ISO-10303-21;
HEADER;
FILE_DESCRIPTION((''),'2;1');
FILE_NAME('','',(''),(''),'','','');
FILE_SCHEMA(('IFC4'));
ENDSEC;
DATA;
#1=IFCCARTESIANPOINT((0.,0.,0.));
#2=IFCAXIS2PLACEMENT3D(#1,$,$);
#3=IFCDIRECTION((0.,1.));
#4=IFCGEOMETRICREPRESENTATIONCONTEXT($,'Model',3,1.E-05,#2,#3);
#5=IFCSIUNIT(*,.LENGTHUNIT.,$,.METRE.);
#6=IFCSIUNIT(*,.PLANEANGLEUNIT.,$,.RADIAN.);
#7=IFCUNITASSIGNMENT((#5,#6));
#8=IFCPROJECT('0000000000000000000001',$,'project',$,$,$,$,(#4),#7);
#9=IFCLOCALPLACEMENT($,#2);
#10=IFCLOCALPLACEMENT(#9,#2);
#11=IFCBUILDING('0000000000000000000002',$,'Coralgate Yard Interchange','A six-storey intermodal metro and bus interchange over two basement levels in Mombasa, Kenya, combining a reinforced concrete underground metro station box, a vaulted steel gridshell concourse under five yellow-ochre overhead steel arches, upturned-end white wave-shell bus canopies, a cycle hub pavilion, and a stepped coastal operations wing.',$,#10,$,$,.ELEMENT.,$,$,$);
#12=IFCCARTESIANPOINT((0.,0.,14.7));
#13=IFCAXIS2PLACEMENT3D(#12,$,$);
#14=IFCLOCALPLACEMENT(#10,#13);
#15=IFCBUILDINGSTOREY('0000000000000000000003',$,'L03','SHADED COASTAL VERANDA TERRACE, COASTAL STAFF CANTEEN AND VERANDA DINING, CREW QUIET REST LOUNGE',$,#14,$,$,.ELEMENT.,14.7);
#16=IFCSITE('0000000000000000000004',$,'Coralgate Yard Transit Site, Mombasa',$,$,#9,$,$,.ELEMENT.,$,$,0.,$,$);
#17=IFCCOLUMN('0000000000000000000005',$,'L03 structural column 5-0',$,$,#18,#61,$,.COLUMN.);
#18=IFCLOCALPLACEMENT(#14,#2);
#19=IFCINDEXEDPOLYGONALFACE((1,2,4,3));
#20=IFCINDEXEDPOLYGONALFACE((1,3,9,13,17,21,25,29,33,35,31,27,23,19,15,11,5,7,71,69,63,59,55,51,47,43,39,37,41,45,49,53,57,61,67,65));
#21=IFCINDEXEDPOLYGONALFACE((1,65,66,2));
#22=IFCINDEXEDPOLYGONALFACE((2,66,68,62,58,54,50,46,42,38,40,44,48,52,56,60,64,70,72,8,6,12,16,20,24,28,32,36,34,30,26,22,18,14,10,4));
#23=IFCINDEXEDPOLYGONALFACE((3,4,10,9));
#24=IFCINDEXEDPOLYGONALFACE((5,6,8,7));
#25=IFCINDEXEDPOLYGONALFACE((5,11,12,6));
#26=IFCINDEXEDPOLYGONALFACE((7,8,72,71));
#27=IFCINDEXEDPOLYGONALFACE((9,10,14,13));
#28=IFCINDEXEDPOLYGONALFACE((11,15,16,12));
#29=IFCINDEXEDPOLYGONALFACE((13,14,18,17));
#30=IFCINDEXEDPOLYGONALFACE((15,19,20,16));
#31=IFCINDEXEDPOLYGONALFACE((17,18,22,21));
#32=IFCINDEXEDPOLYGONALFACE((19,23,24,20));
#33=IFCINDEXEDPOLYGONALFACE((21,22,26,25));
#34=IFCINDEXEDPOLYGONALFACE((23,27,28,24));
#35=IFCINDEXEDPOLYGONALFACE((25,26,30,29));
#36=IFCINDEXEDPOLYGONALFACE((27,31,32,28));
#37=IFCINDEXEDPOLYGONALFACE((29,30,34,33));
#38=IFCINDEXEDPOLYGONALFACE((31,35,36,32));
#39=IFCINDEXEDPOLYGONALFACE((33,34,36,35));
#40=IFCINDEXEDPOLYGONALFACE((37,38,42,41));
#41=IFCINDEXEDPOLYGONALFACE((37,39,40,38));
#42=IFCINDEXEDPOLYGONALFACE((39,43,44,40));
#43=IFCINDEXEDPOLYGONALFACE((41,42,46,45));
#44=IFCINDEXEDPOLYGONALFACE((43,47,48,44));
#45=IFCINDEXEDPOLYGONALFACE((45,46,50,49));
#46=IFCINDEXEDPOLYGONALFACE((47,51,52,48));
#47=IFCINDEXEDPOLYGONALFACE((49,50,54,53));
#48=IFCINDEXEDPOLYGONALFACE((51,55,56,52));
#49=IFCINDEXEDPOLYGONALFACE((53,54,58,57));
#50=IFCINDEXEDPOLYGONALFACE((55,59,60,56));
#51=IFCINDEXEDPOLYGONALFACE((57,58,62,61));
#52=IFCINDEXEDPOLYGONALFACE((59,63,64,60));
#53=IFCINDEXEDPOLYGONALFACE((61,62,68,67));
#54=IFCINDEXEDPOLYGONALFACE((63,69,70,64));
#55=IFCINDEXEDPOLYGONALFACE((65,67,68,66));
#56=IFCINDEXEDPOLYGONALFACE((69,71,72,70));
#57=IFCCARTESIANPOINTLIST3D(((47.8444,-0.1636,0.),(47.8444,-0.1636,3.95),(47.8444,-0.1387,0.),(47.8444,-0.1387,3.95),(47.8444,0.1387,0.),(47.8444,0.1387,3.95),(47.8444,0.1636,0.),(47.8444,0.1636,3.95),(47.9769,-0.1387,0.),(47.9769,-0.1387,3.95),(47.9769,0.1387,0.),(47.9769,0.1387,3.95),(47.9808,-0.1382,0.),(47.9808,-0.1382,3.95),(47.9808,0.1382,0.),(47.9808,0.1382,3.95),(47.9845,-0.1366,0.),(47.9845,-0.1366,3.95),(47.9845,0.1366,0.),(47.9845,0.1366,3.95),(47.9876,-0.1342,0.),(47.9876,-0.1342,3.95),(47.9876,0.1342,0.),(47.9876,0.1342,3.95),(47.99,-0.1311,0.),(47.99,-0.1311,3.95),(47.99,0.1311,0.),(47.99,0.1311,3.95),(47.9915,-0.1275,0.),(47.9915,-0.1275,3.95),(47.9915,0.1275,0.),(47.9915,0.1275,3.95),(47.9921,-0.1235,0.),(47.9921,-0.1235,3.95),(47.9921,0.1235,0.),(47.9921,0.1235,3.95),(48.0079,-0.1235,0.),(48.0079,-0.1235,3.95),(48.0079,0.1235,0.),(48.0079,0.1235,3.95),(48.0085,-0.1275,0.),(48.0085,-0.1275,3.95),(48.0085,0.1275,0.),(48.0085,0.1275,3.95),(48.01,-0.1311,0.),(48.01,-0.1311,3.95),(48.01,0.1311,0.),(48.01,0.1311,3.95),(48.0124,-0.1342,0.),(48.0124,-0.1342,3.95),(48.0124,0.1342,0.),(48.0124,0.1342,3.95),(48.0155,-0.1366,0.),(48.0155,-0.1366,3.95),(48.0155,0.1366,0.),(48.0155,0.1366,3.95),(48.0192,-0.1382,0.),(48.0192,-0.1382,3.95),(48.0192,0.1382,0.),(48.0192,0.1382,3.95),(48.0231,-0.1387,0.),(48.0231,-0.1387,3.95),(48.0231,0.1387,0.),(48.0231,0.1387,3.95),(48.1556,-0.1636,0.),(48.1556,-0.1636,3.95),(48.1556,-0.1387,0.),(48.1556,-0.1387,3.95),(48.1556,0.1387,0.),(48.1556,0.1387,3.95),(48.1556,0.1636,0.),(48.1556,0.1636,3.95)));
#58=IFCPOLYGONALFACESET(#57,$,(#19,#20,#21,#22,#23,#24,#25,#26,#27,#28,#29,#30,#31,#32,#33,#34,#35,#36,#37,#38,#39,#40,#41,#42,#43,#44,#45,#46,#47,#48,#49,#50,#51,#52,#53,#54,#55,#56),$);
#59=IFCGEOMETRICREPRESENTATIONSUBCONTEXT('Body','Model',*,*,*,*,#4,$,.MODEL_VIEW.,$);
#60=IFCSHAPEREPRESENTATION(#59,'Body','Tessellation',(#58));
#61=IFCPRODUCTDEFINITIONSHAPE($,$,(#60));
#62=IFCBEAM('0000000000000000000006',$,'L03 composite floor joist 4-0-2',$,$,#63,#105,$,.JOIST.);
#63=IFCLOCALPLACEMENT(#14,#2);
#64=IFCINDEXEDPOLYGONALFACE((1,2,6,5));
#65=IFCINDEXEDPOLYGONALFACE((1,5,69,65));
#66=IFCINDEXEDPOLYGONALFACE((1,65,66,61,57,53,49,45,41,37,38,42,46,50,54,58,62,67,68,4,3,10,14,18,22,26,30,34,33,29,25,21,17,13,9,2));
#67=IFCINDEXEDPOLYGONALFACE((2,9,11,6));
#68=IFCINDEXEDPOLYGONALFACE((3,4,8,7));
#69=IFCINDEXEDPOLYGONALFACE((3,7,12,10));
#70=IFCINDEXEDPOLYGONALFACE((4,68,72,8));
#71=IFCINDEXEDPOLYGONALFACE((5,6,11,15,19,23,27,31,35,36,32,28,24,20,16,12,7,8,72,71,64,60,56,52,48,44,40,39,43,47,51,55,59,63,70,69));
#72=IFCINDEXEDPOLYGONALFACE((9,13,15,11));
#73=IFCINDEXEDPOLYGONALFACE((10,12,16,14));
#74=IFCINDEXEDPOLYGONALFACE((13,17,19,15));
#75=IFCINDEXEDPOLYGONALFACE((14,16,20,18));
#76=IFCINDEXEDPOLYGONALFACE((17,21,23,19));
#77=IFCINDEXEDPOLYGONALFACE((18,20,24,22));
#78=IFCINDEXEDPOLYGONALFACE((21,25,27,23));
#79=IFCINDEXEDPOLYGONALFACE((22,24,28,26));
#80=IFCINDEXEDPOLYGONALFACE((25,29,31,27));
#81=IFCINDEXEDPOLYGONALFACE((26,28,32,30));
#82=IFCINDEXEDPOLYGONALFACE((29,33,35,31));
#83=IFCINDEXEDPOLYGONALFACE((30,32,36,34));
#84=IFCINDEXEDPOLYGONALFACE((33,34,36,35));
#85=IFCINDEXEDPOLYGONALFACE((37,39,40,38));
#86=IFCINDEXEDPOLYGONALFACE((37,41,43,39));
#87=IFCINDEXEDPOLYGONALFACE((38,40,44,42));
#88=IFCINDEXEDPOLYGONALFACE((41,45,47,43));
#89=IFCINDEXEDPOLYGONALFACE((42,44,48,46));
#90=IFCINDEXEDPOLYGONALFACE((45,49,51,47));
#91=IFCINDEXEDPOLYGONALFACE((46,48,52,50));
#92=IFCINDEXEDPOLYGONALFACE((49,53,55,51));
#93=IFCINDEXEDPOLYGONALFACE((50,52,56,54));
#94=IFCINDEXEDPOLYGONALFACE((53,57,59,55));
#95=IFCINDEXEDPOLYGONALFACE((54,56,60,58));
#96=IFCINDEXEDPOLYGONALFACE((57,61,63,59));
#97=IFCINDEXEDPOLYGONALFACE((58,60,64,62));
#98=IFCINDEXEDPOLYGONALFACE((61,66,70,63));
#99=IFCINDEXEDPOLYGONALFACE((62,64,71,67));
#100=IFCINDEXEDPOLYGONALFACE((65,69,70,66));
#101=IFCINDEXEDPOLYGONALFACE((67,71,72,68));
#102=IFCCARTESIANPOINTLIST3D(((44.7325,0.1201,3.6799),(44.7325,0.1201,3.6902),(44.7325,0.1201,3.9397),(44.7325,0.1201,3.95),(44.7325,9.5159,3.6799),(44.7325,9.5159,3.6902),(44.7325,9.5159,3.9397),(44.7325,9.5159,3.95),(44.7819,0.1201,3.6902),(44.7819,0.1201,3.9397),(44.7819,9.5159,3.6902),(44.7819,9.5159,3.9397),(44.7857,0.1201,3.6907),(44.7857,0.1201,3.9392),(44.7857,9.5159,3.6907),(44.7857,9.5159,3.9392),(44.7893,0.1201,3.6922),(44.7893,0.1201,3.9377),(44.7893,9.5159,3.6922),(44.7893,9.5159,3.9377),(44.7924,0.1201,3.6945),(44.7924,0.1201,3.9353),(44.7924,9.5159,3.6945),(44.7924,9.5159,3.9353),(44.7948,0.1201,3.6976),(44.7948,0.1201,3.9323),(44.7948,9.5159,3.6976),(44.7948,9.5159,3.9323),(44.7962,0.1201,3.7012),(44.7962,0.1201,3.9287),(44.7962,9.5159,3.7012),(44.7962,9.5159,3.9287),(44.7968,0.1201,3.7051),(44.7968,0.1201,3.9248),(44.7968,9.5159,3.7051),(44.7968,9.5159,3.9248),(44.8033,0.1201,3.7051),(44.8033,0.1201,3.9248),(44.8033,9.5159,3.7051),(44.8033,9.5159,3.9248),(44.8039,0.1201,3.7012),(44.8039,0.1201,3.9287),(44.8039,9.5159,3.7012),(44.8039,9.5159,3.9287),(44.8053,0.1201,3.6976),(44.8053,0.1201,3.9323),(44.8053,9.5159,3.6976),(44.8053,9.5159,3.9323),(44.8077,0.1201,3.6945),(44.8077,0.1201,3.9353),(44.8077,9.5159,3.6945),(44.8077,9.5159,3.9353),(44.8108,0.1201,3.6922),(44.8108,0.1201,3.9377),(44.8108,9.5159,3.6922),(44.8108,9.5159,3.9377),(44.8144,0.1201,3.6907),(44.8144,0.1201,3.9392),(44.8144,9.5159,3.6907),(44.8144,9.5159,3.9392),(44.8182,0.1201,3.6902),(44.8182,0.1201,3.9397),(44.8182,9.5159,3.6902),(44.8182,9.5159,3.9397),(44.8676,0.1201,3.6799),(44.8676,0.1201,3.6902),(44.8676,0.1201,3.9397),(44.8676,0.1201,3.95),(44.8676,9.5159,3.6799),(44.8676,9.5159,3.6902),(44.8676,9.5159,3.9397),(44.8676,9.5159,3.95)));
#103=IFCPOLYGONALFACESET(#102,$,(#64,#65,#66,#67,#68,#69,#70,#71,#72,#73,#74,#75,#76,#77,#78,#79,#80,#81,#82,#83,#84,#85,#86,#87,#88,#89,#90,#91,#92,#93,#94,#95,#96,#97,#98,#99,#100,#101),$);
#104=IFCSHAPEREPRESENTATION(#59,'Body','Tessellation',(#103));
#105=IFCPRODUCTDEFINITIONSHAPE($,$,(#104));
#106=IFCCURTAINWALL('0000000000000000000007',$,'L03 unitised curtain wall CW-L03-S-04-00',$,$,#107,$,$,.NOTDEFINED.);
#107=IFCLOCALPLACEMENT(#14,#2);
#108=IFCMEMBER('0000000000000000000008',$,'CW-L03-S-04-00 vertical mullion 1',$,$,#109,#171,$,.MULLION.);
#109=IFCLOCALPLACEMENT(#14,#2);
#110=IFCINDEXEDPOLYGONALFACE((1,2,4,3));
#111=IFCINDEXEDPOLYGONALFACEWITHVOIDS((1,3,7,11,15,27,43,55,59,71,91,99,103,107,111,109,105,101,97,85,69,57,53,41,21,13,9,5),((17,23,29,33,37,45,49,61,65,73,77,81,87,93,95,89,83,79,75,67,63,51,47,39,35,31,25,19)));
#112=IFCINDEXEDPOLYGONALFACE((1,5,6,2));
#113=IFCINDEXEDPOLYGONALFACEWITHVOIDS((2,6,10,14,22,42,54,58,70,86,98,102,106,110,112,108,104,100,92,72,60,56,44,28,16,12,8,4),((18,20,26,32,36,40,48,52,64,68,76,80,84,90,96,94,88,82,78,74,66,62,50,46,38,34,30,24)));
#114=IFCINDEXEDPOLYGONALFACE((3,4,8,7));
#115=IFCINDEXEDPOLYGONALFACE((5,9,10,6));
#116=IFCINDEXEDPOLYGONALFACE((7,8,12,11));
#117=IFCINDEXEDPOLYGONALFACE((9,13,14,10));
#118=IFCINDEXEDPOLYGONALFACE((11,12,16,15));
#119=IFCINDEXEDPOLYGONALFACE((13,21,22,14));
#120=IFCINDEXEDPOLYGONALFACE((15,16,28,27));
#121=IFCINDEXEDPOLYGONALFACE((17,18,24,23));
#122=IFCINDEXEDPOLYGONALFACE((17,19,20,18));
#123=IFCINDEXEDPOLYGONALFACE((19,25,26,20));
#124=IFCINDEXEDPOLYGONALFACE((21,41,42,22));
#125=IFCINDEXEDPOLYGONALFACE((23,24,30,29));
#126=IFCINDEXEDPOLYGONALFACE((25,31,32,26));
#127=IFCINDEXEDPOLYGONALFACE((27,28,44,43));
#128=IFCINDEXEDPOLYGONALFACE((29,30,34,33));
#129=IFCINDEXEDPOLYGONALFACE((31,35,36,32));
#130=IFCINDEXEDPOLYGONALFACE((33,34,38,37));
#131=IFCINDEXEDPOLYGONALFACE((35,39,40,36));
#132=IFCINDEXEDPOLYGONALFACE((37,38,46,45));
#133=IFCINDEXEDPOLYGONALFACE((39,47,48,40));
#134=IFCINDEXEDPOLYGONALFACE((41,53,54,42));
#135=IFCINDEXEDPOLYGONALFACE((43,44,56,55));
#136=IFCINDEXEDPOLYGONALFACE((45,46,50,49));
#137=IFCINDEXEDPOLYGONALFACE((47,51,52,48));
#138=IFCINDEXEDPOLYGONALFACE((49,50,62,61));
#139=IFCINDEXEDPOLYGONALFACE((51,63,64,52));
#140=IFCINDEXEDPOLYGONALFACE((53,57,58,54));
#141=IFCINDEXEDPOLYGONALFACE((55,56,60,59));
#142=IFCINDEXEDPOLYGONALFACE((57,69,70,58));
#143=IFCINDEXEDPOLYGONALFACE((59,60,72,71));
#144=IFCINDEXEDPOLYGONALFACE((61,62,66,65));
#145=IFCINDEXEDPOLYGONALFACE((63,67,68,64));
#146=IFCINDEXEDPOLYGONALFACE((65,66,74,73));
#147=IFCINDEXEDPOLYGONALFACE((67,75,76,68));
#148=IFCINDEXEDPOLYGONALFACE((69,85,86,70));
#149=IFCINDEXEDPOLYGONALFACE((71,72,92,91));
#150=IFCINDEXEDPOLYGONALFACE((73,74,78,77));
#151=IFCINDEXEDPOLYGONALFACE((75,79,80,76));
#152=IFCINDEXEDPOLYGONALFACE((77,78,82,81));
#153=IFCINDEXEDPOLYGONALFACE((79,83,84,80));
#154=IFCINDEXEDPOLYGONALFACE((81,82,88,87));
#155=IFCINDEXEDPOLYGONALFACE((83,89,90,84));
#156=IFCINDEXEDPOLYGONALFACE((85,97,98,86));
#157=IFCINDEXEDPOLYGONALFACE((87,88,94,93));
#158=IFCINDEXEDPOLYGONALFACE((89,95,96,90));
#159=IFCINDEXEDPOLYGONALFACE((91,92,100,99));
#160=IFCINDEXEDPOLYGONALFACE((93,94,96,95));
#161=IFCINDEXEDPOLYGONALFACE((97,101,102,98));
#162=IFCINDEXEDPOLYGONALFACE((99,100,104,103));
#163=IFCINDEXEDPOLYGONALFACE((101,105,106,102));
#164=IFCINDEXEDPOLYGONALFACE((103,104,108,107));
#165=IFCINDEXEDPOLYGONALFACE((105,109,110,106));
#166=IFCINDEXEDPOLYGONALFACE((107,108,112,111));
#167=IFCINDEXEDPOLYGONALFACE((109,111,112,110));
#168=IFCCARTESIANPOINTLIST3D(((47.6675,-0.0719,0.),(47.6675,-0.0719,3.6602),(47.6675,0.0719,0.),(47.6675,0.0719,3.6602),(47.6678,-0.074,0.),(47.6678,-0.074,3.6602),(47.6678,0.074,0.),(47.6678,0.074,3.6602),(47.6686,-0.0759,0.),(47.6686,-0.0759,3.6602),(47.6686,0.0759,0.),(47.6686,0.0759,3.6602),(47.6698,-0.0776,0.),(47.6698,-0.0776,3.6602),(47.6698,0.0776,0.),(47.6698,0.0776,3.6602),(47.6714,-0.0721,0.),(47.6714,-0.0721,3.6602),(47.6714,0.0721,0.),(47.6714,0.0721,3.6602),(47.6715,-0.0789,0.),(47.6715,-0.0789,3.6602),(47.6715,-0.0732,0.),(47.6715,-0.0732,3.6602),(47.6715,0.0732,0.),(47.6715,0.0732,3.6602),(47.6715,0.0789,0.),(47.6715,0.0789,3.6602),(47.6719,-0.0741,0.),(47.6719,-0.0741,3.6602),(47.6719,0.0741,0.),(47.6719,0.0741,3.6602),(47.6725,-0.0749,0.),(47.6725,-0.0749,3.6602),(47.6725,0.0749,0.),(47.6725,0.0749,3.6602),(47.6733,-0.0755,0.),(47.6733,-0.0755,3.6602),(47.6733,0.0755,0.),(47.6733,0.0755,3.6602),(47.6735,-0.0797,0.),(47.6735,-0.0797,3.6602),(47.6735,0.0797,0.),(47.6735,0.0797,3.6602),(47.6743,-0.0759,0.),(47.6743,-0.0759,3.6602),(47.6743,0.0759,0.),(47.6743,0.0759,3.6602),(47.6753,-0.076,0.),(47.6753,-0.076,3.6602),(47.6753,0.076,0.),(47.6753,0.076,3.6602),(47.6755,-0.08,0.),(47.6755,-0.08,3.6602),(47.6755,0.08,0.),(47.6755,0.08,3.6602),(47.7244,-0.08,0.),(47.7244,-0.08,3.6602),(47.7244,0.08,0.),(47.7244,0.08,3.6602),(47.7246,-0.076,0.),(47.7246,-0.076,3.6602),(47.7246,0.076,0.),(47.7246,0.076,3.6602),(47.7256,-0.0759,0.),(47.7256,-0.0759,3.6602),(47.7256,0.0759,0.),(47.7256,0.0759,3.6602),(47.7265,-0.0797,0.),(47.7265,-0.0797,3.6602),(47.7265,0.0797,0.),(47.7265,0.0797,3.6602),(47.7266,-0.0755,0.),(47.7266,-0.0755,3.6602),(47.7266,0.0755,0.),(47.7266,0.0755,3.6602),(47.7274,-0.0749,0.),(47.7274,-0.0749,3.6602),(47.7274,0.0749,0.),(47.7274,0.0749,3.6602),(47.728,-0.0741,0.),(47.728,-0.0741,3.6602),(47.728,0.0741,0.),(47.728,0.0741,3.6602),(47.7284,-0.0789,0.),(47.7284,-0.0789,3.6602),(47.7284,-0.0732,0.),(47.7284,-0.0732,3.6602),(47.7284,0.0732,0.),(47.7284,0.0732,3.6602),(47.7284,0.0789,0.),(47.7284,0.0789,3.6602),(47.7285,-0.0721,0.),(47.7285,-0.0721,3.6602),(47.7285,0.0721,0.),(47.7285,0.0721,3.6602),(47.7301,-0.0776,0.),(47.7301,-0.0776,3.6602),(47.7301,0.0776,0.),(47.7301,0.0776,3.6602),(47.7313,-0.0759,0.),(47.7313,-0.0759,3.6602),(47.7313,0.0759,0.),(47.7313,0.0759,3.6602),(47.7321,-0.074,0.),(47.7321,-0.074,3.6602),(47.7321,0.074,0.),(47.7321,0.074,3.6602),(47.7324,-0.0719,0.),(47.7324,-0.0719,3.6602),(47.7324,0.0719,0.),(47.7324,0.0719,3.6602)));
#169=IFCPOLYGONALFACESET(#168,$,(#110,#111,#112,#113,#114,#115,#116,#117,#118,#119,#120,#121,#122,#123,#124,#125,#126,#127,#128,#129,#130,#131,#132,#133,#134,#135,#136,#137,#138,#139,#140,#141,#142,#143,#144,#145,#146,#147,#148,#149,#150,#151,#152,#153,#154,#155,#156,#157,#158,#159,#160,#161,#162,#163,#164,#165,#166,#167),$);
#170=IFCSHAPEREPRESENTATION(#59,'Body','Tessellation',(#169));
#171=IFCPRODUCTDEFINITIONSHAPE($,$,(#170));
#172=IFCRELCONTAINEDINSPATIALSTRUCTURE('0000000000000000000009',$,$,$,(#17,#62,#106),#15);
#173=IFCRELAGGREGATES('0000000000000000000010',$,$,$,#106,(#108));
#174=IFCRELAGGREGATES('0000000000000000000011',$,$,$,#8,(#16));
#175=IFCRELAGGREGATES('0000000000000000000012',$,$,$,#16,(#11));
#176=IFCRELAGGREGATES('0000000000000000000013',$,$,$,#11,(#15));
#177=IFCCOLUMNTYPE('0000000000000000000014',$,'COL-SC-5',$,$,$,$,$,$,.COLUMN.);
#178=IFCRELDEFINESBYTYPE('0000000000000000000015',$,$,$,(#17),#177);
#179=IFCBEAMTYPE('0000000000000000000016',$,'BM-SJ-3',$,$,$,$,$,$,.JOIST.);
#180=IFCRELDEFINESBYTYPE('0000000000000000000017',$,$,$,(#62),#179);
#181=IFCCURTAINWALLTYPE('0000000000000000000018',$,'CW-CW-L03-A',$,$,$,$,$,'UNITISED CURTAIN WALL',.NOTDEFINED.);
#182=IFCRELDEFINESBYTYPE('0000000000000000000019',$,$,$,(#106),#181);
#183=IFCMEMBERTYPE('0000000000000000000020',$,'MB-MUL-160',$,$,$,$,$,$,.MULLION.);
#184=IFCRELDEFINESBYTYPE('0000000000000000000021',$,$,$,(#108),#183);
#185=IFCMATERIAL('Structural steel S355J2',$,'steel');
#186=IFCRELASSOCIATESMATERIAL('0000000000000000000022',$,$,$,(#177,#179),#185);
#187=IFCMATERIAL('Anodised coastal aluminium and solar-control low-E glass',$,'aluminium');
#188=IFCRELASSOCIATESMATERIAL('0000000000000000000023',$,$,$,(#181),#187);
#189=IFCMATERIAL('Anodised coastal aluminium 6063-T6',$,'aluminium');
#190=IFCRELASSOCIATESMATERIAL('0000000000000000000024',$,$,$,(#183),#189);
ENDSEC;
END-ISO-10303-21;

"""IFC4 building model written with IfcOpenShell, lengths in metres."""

from ifc_helpers import new_model, si_unit, direction, frame, origin, origin_2d, place, context, subcontext, project, spatial, hollow_rectangle, i_section, extrude, material, material_profile, profile_set, type_object, element, aggregate, save


model = new_model("IFC4")

# Units and contexts
model_context = context("Model", 3, precision=1e-05, world=origin(), true_north=direction((0.0, 1.0)))
body_context = subcontext(model_context, "Body", "Model", "MODEL_VIEW")
ifc_project = project(units=[si_unit("LENGTHUNIT", "METRE"), si_unit("PLANEANGLEUNIT", "RADIAN")], contexts=[model_context])

# Site, building, storey
site_placement = place(None, origin())
site = spatial("IfcSite", under=ifc_project, at=site_placement, Name="Coralgate Yard Transit Site, Mombasa", CompositionType="ELEMENT", RefElevation=0.0)
building_placement = place(site_placement, origin())
building = spatial("IfcBuilding", under=site, at=building_placement, Name="Coralgate Yard Interchange", Description="A six-storey intermodal metro and bus interchange over two basement levels in Mombasa, Kenya, combining a reinforced concrete underground metro station box, a vaulted steel gridshell concourse under five yellow-ochre overhead steel arches, upturned-end white wave-shell bus canopies, a cycle hub pavilion, and a stepped coastal operations wing.", CompositionType="ELEMENT")
storey_placement = place(building_placement, frame((0.0, 0.0, 14.7)))
storey = spatial("IfcBuildingStorey", under=building, at=storey_placement, Name="L03", Description="SHADED COASTAL VERANDA TERRACE, COASTAL STAFF CANTEEN AND VERANDA DINING, CREW QUIET REST LOUNGE", CompositionType="ELEMENT", Elevation=14.7)

# Column
ifc_material_1 = material(Name="Structural steel S355J2", Category="steel")
ifc_material_profile_1 = material_profile(ifc_material_1, i_section(OverallWidth=0.3113, OverallDepth=0.3271, WebThickness=0.0159, FlangeThickness=0.0249, FilletRadius=0.0151, at=origin_2d()), Name="UC 305x305x158")
ifc_profile_set_1 = profile_set([ifc_material_profile_1], Name="Structural steel S355J2")
column_type = type_object("IfcColumnType", Name="COL-SC-5", PredefinedType="COLUMN", material=ifc_profile_set_1)
column_placement = place(storey_placement, frame((48.0, 0.0, 0.0), z_axis=(0.0, 0.0, 1.0), x_axis=(1.0, 0.0, 0.0)))
element("IfcColumn", 1, at=column_placement, inside=storey, type_object=column_type, Name="L03 structural column 5-0", PredefinedType="COLUMN", context=body_context, shape_type="SweptSolid", body=[
    extrude(i_section(OverallWidth=0.3113, OverallDepth=0.3271, WebThickness=0.0159, FlangeThickness=0.0249, FilletRadius=0.0151, at=origin_2d()), origin(), (0.0, 0.0, 1.0), 3.95),
])

# Beam
ifc_material_profile_2 = material_profile(ifc_material_1, i_section(OverallWidth=0.135, OverallDepth=0.27, WebThickness=0.0066, FlangeThickness=0.0103, FilletRadius=0.0149, at=origin_2d()), Name="IPE 270")
ifc_profile_set_2 = profile_set([ifc_material_profile_2], Name="Structural steel S355J2")
beam_type = type_object("IfcBeamType", Name="BM-SJ-3", PredefinedType="JOIST", material=ifc_profile_set_2)
beam_placement = place(storey_placement, frame((44.8, 0.1201, 3.8149), z_axis=(0.0, 1.0, 0.0), x_axis=(-1.0, 0.0, 0.0)))
element("IfcBeam", 2, at=beam_placement, inside=storey, type_object=beam_type, Name="L03 composite floor joist 4-0-2", PredefinedType="JOIST", context=body_context, shape_type="SweptSolid", body=[
    extrude(i_section(OverallWidth=0.135, OverallDepth=0.27, WebThickness=0.0066, FlangeThickness=0.0103, FilletRadius=0.0149, at=origin_2d()), origin(), (0.0, 0.0, 1.0), 9.3958),
])

# Curtain wall, member
ifc_material_2 = material(Name="Anodised coastal aluminium and solar-control low-E glass", Category="aluminium")
curtain_wall_type = type_object("IfcCurtainWallType", Name="CW-CW-L03-A", ElementType="UNITISED CURTAIN WALL", PredefinedType="NOTDEFINED", material=ifc_material_2)
curtain_wall_placement = place(storey_placement, origin())
curtain_wall = element("IfcCurtainWall", 3, at=curtain_wall_placement, inside=storey, type_object=curtain_wall_type, Name="L03 unitised curtain wall CW-L03-S-04-00", PredefinedType="NOTDEFINED")
ifc_material_3 = material(Name="Anodised coastal aluminium 6063-T6", Category="aluminium")
ifc_material_profile_3 = material_profile(ifc_material_3, hollow_rectangle(XDim=0.0649, YDim=0.1599, WallThickness=0.0039, InnerFilletRadius=0.0039, OuterFilletRadius=0.0081, at=origin_2d()), Name="ALU 65x160x4")
ifc_profile_set_3 = profile_set([ifc_material_profile_3], Name="Anodised coastal aluminium 6063-T6")
member_type_1 = type_object("IfcMemberType", Name="MB-MUL-160", PredefinedType="MULLION", material=ifc_profile_set_3)
member_1_placement = place(storey_placement, frame((47.7, 0.0, 0.0), z_axis=(0.0, 0.0, 1.0), x_axis=(1.0, 0.0, 0.0)))
member_1 = element("IfcMember", 4, at=member_1_placement, type_object=member_type_1, Name="CW-L03-S-04-00 vertical mullion 1", PredefinedType="MULLION", context=body_context, shape_type="SweptSolid", body=[
    extrude(hollow_rectangle(XDim=0.0649, YDim=0.1599, WallThickness=0.0039, InnerFilletRadius=0.0039, OuterFilletRadius=0.0081, at=origin_2d()), origin(), (0.0, 0.0, 1.0), 3.6602),
])
aggregate(curtain_wall, [member_1])

save(model, "model.ifc")
